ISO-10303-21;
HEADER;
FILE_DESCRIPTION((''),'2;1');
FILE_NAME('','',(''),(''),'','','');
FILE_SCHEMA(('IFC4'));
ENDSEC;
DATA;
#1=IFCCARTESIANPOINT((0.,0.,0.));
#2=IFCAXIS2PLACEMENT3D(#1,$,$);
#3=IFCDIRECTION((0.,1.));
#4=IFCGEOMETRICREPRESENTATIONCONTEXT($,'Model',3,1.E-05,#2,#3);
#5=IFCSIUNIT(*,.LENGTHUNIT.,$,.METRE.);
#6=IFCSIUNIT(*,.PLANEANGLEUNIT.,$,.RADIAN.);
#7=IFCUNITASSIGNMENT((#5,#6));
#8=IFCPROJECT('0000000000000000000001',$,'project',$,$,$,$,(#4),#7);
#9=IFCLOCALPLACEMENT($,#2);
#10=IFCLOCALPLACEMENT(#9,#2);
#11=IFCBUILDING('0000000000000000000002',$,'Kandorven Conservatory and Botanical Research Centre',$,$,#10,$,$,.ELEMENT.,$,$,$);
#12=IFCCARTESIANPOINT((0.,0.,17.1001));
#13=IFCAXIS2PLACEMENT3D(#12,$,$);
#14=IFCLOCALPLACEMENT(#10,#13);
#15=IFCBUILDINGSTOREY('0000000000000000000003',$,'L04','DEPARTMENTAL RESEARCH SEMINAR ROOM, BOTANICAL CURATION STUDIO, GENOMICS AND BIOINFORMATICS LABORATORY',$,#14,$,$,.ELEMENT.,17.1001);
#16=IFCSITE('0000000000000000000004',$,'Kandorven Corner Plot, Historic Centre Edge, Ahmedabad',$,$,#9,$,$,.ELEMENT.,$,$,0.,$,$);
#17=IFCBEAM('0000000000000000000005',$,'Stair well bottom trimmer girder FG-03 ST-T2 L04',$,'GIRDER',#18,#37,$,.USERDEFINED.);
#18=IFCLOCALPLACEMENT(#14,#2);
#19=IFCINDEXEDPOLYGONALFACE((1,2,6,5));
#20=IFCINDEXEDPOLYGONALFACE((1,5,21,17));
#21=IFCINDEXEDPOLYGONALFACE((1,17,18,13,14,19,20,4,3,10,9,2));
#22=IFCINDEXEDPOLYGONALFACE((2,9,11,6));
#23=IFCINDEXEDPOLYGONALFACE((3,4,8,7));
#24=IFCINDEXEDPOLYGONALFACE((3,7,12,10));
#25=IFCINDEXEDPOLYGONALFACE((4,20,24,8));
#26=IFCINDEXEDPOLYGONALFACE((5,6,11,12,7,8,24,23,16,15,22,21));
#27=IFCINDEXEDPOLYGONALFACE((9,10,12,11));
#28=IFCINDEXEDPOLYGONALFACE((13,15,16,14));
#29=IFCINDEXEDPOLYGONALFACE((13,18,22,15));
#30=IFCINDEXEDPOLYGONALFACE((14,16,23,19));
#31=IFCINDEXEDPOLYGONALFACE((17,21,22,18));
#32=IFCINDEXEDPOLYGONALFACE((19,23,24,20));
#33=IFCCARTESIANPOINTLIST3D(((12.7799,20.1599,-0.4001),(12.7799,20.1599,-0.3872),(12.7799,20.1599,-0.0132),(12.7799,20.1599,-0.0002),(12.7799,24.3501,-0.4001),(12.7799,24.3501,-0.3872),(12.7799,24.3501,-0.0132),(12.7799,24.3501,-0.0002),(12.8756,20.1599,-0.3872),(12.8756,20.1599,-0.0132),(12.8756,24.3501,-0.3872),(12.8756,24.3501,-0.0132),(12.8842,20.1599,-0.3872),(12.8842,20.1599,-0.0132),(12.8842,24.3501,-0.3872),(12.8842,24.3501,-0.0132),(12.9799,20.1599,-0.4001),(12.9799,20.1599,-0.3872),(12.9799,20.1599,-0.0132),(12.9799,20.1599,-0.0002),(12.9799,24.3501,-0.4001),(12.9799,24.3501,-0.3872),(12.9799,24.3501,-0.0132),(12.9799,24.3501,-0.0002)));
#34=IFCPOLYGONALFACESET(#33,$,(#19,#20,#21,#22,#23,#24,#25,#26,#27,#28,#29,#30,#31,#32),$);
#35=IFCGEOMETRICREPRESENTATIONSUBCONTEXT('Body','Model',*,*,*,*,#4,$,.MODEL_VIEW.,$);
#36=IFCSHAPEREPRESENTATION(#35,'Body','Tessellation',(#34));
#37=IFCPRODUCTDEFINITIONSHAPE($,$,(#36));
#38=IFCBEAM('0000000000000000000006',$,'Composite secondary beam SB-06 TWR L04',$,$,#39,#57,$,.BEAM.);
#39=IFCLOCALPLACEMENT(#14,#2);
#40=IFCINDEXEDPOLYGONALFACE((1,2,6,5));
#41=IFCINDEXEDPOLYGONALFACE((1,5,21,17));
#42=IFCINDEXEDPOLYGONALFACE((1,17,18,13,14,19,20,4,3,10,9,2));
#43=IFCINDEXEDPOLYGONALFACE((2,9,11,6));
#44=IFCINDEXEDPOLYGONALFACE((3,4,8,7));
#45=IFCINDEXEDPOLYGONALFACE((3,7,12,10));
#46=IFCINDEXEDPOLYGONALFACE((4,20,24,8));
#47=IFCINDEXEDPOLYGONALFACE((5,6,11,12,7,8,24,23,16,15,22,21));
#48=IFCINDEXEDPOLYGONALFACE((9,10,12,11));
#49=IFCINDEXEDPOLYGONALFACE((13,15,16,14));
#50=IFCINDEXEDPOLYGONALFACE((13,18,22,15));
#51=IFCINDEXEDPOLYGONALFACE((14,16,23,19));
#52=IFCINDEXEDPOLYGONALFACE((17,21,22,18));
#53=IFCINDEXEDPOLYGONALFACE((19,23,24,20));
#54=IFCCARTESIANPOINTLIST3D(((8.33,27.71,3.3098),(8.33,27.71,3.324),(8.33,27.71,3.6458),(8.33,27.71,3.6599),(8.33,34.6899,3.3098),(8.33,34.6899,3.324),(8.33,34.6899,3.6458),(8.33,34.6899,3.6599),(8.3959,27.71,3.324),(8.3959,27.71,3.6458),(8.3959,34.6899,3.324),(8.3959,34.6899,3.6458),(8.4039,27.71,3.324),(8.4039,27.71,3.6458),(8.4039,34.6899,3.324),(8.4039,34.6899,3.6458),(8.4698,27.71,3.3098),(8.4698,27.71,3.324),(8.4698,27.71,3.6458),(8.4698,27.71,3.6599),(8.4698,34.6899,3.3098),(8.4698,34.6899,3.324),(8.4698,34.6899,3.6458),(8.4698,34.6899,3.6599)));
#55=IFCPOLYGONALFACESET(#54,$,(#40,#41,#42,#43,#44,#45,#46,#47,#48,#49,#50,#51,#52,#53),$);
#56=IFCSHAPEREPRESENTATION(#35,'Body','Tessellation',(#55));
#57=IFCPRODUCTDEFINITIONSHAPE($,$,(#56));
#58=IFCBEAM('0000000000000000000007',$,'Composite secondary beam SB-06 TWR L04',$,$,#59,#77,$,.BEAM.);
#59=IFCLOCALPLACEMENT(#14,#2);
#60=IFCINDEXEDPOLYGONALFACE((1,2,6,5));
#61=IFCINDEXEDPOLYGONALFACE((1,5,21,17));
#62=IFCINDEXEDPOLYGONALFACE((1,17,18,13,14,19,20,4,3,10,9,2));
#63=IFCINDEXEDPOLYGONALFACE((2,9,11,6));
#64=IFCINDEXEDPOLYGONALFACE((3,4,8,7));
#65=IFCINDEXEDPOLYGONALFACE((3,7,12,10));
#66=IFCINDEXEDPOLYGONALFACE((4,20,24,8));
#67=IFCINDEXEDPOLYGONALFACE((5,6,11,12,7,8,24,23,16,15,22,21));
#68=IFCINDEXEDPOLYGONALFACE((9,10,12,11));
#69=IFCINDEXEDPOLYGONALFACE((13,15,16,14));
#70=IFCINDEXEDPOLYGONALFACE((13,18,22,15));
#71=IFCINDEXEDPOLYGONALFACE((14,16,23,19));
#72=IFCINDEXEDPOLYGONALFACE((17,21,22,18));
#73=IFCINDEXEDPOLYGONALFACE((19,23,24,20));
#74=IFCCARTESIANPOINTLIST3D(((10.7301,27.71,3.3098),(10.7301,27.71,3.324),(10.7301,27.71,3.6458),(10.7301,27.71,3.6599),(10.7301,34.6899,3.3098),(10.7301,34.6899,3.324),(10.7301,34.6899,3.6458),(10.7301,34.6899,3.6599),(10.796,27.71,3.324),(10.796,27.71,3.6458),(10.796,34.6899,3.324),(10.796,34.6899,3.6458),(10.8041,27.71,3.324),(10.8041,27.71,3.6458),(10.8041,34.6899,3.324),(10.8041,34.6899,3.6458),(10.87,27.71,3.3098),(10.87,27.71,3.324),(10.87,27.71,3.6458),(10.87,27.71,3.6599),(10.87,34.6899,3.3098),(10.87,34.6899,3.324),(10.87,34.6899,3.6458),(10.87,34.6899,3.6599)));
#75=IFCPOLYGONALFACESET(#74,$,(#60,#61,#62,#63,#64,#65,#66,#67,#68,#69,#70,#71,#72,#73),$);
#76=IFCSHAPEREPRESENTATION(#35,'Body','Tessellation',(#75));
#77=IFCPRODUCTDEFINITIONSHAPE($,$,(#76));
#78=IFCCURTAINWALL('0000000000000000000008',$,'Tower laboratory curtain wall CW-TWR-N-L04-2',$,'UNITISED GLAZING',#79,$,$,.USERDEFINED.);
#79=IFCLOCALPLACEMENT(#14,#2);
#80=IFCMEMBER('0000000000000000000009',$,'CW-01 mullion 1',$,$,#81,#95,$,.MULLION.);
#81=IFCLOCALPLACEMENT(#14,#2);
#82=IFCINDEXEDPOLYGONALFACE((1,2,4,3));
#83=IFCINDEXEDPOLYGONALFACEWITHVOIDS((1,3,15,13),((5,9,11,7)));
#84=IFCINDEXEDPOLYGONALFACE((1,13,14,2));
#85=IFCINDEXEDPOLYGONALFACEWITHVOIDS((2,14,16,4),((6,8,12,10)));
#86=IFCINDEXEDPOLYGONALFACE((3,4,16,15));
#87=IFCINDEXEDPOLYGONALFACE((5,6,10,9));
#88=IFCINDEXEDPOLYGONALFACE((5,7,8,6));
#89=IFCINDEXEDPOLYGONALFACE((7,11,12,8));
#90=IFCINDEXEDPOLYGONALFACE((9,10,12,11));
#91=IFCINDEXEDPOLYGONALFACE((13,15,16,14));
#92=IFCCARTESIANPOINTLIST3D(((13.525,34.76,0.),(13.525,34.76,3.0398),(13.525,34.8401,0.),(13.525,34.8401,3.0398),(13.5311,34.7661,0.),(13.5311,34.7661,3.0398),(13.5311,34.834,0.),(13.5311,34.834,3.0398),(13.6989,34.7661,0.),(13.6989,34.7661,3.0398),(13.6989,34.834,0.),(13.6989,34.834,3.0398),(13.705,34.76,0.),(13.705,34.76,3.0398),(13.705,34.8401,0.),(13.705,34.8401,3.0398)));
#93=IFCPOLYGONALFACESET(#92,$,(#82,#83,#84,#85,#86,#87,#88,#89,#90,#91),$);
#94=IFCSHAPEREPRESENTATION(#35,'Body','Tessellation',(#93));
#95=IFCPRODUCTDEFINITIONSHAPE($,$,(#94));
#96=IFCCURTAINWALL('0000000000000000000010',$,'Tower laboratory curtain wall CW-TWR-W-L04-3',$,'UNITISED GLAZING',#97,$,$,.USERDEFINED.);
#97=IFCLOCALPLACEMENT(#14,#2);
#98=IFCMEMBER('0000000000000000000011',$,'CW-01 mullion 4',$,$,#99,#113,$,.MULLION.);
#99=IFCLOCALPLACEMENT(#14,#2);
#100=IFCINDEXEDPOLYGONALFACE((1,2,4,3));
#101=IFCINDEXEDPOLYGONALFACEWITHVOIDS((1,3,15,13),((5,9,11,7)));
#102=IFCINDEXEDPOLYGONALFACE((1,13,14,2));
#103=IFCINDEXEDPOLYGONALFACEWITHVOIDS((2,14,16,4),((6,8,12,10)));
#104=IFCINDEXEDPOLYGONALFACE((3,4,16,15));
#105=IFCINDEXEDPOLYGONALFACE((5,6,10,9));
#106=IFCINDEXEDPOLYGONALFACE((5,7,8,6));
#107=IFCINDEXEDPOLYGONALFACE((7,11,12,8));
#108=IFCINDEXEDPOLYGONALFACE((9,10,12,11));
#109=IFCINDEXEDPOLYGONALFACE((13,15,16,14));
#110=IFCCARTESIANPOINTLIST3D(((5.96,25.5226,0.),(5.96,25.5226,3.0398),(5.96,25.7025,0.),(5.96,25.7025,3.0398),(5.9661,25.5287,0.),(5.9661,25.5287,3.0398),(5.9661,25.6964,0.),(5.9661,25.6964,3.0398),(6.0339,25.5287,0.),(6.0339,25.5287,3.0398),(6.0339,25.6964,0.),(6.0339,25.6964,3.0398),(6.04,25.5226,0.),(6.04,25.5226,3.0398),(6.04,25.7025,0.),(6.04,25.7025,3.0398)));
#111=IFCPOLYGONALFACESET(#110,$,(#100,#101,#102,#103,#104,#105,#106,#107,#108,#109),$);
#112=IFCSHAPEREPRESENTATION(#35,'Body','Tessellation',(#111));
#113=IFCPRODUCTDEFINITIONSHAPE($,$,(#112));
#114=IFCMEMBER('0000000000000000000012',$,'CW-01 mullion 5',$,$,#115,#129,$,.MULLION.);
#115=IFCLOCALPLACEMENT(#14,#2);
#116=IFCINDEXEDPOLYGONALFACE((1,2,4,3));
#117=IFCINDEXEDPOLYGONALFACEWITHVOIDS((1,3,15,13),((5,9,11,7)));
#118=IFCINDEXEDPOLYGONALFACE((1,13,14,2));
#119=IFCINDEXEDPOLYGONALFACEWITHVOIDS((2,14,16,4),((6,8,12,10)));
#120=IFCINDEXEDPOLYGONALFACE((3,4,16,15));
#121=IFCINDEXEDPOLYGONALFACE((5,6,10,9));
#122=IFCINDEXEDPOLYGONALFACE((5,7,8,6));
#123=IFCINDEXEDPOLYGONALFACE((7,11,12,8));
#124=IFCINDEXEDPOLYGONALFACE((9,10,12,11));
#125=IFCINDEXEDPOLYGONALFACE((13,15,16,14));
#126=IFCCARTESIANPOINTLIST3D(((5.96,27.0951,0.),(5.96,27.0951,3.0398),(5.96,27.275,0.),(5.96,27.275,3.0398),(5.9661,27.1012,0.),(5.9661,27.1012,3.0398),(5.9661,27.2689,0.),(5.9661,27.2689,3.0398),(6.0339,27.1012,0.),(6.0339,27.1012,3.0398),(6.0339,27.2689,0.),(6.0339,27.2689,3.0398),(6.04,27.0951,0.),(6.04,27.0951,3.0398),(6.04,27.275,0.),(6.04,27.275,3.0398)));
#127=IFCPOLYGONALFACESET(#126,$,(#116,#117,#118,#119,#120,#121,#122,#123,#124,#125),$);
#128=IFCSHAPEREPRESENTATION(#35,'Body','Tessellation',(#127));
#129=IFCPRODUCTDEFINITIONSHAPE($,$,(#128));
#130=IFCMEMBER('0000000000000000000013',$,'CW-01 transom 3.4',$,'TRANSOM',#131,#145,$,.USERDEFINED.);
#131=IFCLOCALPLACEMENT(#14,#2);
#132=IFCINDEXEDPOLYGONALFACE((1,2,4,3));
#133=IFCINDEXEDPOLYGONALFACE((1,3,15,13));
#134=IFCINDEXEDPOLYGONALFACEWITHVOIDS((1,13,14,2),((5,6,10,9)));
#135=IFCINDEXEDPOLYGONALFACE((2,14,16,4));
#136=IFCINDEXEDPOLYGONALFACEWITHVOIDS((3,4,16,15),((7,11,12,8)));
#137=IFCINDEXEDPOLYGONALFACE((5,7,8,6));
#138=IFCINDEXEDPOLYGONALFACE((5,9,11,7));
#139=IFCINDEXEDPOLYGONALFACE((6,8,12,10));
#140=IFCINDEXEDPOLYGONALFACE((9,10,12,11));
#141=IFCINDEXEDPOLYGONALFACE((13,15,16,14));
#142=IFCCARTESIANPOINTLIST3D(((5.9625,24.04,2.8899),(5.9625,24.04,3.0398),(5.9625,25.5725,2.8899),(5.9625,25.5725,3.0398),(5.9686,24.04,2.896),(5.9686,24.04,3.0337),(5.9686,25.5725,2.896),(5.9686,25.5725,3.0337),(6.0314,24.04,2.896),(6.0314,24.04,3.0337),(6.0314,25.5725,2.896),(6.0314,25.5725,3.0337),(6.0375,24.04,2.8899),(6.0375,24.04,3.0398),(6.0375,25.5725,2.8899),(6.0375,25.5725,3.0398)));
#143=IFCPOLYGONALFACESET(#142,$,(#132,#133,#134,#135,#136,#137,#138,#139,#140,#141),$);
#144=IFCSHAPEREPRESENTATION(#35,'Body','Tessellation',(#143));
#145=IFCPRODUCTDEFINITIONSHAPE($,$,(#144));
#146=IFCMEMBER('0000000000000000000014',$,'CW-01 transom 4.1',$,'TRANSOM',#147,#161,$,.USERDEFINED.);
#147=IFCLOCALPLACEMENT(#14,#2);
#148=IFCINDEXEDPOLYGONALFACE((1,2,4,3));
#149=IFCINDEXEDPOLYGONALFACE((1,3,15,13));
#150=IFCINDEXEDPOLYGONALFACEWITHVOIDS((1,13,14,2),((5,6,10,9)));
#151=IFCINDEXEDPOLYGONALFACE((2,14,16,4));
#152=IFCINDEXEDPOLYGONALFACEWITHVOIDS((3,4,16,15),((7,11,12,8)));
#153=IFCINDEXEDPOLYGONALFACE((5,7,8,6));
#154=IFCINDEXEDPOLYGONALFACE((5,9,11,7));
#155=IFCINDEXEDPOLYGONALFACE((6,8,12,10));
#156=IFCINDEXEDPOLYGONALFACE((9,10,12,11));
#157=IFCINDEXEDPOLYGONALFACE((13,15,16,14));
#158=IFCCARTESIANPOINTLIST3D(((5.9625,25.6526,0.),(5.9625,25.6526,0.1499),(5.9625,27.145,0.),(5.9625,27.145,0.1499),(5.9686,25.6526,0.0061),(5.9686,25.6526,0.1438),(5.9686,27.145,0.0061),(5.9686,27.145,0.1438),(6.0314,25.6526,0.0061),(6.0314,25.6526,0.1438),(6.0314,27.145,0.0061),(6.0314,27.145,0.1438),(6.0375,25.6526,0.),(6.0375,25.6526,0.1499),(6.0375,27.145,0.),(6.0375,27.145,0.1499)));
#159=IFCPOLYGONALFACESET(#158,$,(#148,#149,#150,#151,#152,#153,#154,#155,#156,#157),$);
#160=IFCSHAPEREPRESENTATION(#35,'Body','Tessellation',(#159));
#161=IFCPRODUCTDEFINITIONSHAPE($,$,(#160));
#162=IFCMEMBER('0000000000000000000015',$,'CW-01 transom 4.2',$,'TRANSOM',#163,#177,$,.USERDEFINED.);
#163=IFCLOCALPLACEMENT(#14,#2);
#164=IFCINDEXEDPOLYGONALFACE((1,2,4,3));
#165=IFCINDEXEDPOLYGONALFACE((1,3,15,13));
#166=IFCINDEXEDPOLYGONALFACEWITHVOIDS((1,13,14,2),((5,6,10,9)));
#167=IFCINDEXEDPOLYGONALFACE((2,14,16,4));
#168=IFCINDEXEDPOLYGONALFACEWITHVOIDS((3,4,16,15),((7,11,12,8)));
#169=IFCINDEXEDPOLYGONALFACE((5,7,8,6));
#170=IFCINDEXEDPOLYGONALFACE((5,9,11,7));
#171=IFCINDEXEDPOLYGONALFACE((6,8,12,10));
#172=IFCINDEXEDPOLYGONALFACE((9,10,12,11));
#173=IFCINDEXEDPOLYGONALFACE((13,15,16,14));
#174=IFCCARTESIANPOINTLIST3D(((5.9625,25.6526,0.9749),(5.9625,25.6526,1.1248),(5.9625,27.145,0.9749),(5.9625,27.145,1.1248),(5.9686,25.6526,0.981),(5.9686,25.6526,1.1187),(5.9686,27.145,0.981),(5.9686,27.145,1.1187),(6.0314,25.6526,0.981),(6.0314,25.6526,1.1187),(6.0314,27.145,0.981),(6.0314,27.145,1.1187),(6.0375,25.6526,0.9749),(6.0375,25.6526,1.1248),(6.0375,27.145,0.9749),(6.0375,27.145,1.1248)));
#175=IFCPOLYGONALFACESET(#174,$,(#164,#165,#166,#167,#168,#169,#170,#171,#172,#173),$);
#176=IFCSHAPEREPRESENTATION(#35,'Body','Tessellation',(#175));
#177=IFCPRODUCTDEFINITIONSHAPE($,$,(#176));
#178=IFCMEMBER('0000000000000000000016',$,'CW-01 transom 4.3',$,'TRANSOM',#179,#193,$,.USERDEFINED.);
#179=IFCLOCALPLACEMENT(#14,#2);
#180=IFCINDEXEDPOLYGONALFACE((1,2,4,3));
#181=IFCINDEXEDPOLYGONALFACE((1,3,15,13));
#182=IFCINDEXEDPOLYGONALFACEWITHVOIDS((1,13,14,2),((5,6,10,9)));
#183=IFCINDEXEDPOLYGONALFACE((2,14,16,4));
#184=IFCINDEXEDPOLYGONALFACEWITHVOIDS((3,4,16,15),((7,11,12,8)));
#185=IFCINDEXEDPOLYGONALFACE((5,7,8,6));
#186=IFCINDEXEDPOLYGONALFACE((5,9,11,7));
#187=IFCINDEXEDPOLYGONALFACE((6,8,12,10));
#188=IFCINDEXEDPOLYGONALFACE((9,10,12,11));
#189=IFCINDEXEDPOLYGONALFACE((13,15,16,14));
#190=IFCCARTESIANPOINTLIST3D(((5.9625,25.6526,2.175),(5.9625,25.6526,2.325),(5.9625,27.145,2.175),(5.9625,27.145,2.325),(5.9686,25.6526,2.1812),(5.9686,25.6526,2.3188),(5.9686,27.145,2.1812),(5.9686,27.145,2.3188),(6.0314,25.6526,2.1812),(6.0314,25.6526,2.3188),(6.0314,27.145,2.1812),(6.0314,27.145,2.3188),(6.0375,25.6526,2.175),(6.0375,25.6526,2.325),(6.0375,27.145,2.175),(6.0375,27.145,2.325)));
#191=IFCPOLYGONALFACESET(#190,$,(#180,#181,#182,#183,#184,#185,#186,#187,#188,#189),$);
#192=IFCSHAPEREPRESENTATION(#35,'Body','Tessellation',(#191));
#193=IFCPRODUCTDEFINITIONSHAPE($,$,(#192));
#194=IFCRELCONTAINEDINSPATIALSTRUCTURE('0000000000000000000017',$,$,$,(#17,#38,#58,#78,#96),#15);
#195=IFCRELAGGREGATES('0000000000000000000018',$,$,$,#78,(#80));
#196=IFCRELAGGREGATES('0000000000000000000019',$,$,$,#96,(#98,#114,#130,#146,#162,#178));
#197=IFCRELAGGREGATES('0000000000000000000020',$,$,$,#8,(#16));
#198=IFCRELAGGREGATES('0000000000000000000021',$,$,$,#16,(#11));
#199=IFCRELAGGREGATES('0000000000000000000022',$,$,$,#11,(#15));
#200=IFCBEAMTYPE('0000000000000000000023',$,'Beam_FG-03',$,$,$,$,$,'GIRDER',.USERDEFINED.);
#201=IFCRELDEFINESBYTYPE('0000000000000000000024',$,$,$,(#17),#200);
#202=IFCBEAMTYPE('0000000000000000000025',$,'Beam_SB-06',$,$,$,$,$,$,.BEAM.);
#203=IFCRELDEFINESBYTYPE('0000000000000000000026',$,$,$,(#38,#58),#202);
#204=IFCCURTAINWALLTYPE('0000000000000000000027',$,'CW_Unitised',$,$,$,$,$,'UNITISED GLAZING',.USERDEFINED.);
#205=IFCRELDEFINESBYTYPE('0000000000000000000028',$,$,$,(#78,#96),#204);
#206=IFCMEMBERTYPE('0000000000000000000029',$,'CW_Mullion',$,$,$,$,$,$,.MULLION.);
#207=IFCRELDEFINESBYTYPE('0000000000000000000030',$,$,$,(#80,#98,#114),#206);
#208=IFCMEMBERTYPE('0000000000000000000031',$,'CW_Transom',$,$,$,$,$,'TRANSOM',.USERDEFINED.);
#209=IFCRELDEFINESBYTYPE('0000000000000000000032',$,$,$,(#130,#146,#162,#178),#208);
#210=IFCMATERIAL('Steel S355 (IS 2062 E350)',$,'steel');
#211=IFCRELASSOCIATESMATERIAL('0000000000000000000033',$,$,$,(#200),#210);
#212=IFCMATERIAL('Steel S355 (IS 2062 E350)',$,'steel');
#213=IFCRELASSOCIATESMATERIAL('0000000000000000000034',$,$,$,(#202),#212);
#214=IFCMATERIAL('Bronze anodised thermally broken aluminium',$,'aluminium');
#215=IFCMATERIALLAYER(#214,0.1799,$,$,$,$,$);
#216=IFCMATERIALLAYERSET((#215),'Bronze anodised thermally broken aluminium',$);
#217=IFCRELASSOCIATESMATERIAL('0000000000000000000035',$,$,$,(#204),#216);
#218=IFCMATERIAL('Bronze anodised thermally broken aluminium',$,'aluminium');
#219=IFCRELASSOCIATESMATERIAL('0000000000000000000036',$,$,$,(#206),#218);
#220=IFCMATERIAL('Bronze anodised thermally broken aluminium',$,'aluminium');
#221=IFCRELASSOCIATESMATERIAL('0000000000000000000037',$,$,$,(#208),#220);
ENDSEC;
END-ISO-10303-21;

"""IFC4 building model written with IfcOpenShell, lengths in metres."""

from ifc_helpers import new_model, si_unit, direction, frame, origin, origin_2d, place, context, subcontext, project, spatial, hollow_rectangle, i_section, extrude, material, layer, layer_set, material_profile, profile_set, type_object, element, aggregate, save


model = new_model("IFC4")

# Units and contexts
model_context = context("Model", 3, precision=1e-05, world=origin(), true_north=direction((0.0, 1.0)))
body_context = subcontext(model_context, "Body", "Model", "MODEL_VIEW")
ifc_project = project(units=[si_unit("LENGTHUNIT", "METRE"), si_unit("PLANEANGLEUNIT", "RADIAN")], contexts=[model_context])

# Site, building, storey
site_placement = place(None, origin())
site = spatial("IfcSite", under=ifc_project, at=site_placement, Name="Kandorven Corner Plot, Historic Centre Edge, Ahmedabad", CompositionType="ELEMENT", RefElevation=0.0)
building_placement = place(site_placement, origin())
building = spatial("IfcBuilding", under=site, at=building_placement, Name="Kandorven Conservatory and Botanical Research Centre", CompositionType="ELEMENT")
storey_placement = place(building_placement, frame((0.0, 0.0, 17.1001)))
storey = spatial("IfcBuildingStorey", under=building, at=storey_placement, Name="L04", Description="DEPARTMENTAL RESEARCH SEMINAR ROOM, BOTANICAL CURATION STUDIO, GENOMICS AND BIOINFORMATICS LABORATORY", CompositionType="ELEMENT", Elevation=17.1001)

# Beams
ifc_material_1 = material(Name="Steel S355 (IS 2062 E350)", Category="steel")
ifc_material_profile_1 = material_profile(ifc_material_1, i_section(OverallWidth=0.2, OverallDepth=0.3999, WebThickness=0.0085, FlangeThickness=0.0129, at=origin_2d()))
ifc_profile_set_1 = profile_set([ifc_material_profile_1], Name="Steel S355 (IS 2062 E350)")
beam_type_1 = type_object("IfcBeamType", Name="Beam_FG-03", ElementType="GIRDER", PredefinedType="USERDEFINED", material=ifc_profile_set_1)
beam_1_placement = place(storey_placement, frame((12.8799, 24.3501, -0.2002), z_axis=(0.0, -1.0, 0.0), x_axis=(1.0, 0.0, 0.0)))
element("IfcBeam", 1, at=beam_1_placement, inside=storey, type_object=beam_type_1, Name="Stair well bottom trimmer girder FG-03 ST-T2 L04", ObjectType="GIRDER", PredefinedType="USERDEFINED", context=body_context, shape_type="SweptSolid", body=[
    extrude(i_section(OverallWidth=0.2, OverallDepth=0.3999, WebThickness=0.0085, FlangeThickness=0.0129, at=origin_2d()), origin(), (0.0, 0.0, 1.0), 4.1902),
])
ifc_material_2 = material(Name="Steel S355 (IS 2062 E350)", Category="steel")
ifc_material_profile_2 = material_profile(ifc_material_2, i_section(OverallWidth=0.1399, OverallDepth=0.3501, WebThickness=0.0081, FlangeThickness=0.0142, at=origin_2d()))
ifc_profile_set_2 = profile_set([ifc_material_profile_2], Name="Steel S355 (IS 2062 E350)")
beam_type_2 = type_object("IfcBeamType", Name="Beam_SB-06", PredefinedType="BEAM", material=ifc_profile_set_2)
for number, where, z_axis, x_axis, name in (
    (2, (8.3999, 27.71, 3.4849), (0.0, 1.0, 0.0), (-1.0, 0.0, 0.0), "Composite secondary beam SB-06 TWR L04"),
    (3, (10.8, 27.71, 3.4849), (0.0, 1.0, 0.0), (-1.0, 0.0, 0.0), "Composite secondary beam SB-06 TWR L04"),
):
    element("IfcBeam", number, at=place(storey_placement, frame(where, z_axis=z_axis, x_axis=x_axis)), inside=storey, type_object=beam_type_2, Name=name, PredefinedType="BEAM", context=body_context, shape_type="SweptSolid", body=[
        extrude(i_section(OverallWidth=0.1399, OverallDepth=0.3501, WebThickness=0.0081, FlangeThickness=0.0142, at=origin_2d()), origin(), (0.0, 0.0, 1.0), 6.98),
    ])

# Curtain wall, member
ifc_material_3 = material(Name="Bronze anodised thermally broken aluminium", Category="aluminium")
ifc_layer_1 = layer(ifc_material_3, 0.1799)
ifc_layer_set_1 = layer_set([ifc_layer_1], Name="Bronze anodised thermally broken aluminium")
curtain_wall_type = type_object("IfcCurtainWallType", Name="CW_Unitised", ElementType="UNITISED GLAZING", PredefinedType="USERDEFINED", material=ifc_layer_set_1)
curtain_wall_1_placement = place(storey_placement, origin())
curtain_wall_1 = element("IfcCurtainWall", 4, at=curtain_wall_1_placement, inside=storey, type_object=curtain_wall_type, Name="Tower laboratory curtain wall CW-TWR-N-L04-2", ObjectType="UNITISED GLAZING", PredefinedType="USERDEFINED")
ifc_material_4 = material(Name="Bronze anodised thermally broken aluminium", Category="aluminium")
ifc_material_profile_3 = material_profile(ifc_material_4, hollow_rectangle(XDim=0.0801, YDim=0.1799, WallThickness=0.0061, at=origin_2d()))
ifc_profile_set_3 = profile_set([ifc_material_profile_3], Name="Bronze anodised thermally broken aluminium")
member_type_1 = type_object("IfcMemberType", Name="CW_Mullion", PredefinedType="MULLION", material=ifc_profile_set_3)
member_1_placement = place(storey_placement, frame((13.615, 34.8, 0.0), z_axis=(0.0, 0.0, 1.0), x_axis=(0.0, 1.0, 0.0)))
member_1 = element("IfcMember", 5, at=member_1_placement, type_object=member_type_1, Name="CW-01 mullion 1", PredefinedType="MULLION", context=body_context, shape_type="SweptSolid", body=[
    extrude(hollow_rectangle(XDim=0.0801, YDim=0.1799, WallThickness=0.0061, at=origin_2d()), origin(), (0.0, 0.0, 1.0), 3.0398),
])
aggregate(curtain_wall_1, [member_1])

# Curtain wall, members
curtain_wall_2_placement = place(storey_placement, origin())
curtain_wall_2 = element("IfcCurtainWall", 6, at=curtain_wall_2_placement, inside=storey, type_object=curtain_wall_type, Name="Tower laboratory curtain wall CW-TWR-W-L04-3", ObjectType="UNITISED GLAZING", PredefinedType="USERDEFINED")
member_2_placement = place(storey_placement, frame((6.0, 25.6125, 0.0), z_axis=(0.0, 0.0, 1.0), x_axis=(-1.0, 0.0, 0.0)))
member_2 = element("IfcMember", 7, at=member_2_placement, type_object=member_type_1, Name="CW-01 mullion 4", PredefinedType="MULLION", context=body_context, shape_type="SweptSolid", body=[
    extrude(hollow_rectangle(XDim=0.0801, YDim=0.1799, WallThickness=0.0061, at=origin_2d()), origin(), (0.0, 0.0, 1.0), 3.0398),
])
member_3_placement = place(storey_placement, frame((6.0, 27.1851, 0.0), z_axis=(0.0, 0.0, 1.0), x_axis=(-1.0, 0.0, 0.0)))
member_3 = element("IfcMember", 8, at=member_3_placement, type_object=member_type_1, Name="CW-01 mullion 5", PredefinedType="MULLION", context=body_context, shape_type="SweptSolid", body=[
    extrude(hollow_rectangle(XDim=0.0801, YDim=0.1799, WallThickness=0.0061, at=origin_2d()), origin(), (0.0, 0.0, 1.0), 3.0398),
])
ifc_material_5 = material(Name="Bronze anodised thermally broken aluminium", Category="aluminium")
ifc_material_profile_4 = material_profile(ifc_material_5, hollow_rectangle(XDim=0.075, YDim=0.1499, WallThickness=0.0061, at=origin_2d()))
ifc_profile_set_4 = profile_set([ifc_material_profile_4], Name="Bronze anodised thermally broken aluminium")
member_type_2 = type_object("IfcMemberType", Name="CW_Transom", ElementType="TRANSOM", PredefinedType="USERDEFINED", material=ifc_profile_set_4)
member_4_placement = place(storey_placement, frame((6.0, 24.04, 2.9648), z_axis=(0.0, 1.0, 0.0), x_axis=(-1.0, 0.0, 0.0)))
member_4 = element("IfcMember", 9, at=member_4_placement, type_object=member_type_2, Name="CW-01 transom 3.4", ObjectType="TRANSOM", PredefinedType="USERDEFINED", context=body_context, shape_type="SweptSolid", body=[
    extrude(hollow_rectangle(XDim=0.075, YDim=0.1499, WallThickness=0.0061, at=origin_2d()), origin(), (0.0, 0.0, 1.0), 1.5325),
])
member_5_placement = place(storey_placement, frame((6.0, 25.6526, 0.075), z_axis=(0.0, 1.0, 0.0), x_axis=(-1.0, 0.0, 0.0)))
member_5 = element("IfcMember", 10, at=member_5_placement, type_object=member_type_2, Name="CW-01 transom 4.1", ObjectType="TRANSOM", PredefinedType="USERDEFINED", context=body_context, shape_type="SweptSolid", body=[
    extrude(hollow_rectangle(XDim=0.075, YDim=0.1499, WallThickness=0.0061, at=origin_2d()), origin(), (0.0, 0.0, 1.0), 1.4924),
])
member_6_placement = place(storey_placement, frame((6.0, 25.6526, 1.0498), z_axis=(0.0, 1.0, 0.0), x_axis=(-1.0, 0.0, 0.0)))
member_6 = element("IfcMember", 11, at=member_6_placement, type_object=member_type_2, Name="CW-01 transom 4.2", ObjectType="TRANSOM", PredefinedType="USERDEFINED", context=body_context, shape_type="SweptSolid", body=[
    extrude(hollow_rectangle(XDim=0.075, YDim=0.1499, WallThickness=0.0061, at=origin_2d()), origin(), (0.0, 0.0, 1.0), 1.4924),
])
member_7_placement = place(storey_placement, frame((6.0, 25.6526, 2.25), z_axis=(0.0, 1.0, 0.0), x_axis=(-1.0, 0.0, 0.0)))
member_7 = element("IfcMember", 12, at=member_7_placement, type_object=member_type_2, Name="CW-01 transom 4.3", ObjectType="TRANSOM", PredefinedType="USERDEFINED", context=body_context, shape_type="SweptSolid", body=[
    extrude(hollow_rectangle(XDim=0.075, YDim=0.1499, WallThickness=0.0061, at=origin_2d()), origin(), (0.0, 0.0, 1.0), 1.4924),
])
aggregate(curtain_wall_2, [member_2, member_3, member_4, member_5, member_6, member_7])

save(model, "model.ifc")
